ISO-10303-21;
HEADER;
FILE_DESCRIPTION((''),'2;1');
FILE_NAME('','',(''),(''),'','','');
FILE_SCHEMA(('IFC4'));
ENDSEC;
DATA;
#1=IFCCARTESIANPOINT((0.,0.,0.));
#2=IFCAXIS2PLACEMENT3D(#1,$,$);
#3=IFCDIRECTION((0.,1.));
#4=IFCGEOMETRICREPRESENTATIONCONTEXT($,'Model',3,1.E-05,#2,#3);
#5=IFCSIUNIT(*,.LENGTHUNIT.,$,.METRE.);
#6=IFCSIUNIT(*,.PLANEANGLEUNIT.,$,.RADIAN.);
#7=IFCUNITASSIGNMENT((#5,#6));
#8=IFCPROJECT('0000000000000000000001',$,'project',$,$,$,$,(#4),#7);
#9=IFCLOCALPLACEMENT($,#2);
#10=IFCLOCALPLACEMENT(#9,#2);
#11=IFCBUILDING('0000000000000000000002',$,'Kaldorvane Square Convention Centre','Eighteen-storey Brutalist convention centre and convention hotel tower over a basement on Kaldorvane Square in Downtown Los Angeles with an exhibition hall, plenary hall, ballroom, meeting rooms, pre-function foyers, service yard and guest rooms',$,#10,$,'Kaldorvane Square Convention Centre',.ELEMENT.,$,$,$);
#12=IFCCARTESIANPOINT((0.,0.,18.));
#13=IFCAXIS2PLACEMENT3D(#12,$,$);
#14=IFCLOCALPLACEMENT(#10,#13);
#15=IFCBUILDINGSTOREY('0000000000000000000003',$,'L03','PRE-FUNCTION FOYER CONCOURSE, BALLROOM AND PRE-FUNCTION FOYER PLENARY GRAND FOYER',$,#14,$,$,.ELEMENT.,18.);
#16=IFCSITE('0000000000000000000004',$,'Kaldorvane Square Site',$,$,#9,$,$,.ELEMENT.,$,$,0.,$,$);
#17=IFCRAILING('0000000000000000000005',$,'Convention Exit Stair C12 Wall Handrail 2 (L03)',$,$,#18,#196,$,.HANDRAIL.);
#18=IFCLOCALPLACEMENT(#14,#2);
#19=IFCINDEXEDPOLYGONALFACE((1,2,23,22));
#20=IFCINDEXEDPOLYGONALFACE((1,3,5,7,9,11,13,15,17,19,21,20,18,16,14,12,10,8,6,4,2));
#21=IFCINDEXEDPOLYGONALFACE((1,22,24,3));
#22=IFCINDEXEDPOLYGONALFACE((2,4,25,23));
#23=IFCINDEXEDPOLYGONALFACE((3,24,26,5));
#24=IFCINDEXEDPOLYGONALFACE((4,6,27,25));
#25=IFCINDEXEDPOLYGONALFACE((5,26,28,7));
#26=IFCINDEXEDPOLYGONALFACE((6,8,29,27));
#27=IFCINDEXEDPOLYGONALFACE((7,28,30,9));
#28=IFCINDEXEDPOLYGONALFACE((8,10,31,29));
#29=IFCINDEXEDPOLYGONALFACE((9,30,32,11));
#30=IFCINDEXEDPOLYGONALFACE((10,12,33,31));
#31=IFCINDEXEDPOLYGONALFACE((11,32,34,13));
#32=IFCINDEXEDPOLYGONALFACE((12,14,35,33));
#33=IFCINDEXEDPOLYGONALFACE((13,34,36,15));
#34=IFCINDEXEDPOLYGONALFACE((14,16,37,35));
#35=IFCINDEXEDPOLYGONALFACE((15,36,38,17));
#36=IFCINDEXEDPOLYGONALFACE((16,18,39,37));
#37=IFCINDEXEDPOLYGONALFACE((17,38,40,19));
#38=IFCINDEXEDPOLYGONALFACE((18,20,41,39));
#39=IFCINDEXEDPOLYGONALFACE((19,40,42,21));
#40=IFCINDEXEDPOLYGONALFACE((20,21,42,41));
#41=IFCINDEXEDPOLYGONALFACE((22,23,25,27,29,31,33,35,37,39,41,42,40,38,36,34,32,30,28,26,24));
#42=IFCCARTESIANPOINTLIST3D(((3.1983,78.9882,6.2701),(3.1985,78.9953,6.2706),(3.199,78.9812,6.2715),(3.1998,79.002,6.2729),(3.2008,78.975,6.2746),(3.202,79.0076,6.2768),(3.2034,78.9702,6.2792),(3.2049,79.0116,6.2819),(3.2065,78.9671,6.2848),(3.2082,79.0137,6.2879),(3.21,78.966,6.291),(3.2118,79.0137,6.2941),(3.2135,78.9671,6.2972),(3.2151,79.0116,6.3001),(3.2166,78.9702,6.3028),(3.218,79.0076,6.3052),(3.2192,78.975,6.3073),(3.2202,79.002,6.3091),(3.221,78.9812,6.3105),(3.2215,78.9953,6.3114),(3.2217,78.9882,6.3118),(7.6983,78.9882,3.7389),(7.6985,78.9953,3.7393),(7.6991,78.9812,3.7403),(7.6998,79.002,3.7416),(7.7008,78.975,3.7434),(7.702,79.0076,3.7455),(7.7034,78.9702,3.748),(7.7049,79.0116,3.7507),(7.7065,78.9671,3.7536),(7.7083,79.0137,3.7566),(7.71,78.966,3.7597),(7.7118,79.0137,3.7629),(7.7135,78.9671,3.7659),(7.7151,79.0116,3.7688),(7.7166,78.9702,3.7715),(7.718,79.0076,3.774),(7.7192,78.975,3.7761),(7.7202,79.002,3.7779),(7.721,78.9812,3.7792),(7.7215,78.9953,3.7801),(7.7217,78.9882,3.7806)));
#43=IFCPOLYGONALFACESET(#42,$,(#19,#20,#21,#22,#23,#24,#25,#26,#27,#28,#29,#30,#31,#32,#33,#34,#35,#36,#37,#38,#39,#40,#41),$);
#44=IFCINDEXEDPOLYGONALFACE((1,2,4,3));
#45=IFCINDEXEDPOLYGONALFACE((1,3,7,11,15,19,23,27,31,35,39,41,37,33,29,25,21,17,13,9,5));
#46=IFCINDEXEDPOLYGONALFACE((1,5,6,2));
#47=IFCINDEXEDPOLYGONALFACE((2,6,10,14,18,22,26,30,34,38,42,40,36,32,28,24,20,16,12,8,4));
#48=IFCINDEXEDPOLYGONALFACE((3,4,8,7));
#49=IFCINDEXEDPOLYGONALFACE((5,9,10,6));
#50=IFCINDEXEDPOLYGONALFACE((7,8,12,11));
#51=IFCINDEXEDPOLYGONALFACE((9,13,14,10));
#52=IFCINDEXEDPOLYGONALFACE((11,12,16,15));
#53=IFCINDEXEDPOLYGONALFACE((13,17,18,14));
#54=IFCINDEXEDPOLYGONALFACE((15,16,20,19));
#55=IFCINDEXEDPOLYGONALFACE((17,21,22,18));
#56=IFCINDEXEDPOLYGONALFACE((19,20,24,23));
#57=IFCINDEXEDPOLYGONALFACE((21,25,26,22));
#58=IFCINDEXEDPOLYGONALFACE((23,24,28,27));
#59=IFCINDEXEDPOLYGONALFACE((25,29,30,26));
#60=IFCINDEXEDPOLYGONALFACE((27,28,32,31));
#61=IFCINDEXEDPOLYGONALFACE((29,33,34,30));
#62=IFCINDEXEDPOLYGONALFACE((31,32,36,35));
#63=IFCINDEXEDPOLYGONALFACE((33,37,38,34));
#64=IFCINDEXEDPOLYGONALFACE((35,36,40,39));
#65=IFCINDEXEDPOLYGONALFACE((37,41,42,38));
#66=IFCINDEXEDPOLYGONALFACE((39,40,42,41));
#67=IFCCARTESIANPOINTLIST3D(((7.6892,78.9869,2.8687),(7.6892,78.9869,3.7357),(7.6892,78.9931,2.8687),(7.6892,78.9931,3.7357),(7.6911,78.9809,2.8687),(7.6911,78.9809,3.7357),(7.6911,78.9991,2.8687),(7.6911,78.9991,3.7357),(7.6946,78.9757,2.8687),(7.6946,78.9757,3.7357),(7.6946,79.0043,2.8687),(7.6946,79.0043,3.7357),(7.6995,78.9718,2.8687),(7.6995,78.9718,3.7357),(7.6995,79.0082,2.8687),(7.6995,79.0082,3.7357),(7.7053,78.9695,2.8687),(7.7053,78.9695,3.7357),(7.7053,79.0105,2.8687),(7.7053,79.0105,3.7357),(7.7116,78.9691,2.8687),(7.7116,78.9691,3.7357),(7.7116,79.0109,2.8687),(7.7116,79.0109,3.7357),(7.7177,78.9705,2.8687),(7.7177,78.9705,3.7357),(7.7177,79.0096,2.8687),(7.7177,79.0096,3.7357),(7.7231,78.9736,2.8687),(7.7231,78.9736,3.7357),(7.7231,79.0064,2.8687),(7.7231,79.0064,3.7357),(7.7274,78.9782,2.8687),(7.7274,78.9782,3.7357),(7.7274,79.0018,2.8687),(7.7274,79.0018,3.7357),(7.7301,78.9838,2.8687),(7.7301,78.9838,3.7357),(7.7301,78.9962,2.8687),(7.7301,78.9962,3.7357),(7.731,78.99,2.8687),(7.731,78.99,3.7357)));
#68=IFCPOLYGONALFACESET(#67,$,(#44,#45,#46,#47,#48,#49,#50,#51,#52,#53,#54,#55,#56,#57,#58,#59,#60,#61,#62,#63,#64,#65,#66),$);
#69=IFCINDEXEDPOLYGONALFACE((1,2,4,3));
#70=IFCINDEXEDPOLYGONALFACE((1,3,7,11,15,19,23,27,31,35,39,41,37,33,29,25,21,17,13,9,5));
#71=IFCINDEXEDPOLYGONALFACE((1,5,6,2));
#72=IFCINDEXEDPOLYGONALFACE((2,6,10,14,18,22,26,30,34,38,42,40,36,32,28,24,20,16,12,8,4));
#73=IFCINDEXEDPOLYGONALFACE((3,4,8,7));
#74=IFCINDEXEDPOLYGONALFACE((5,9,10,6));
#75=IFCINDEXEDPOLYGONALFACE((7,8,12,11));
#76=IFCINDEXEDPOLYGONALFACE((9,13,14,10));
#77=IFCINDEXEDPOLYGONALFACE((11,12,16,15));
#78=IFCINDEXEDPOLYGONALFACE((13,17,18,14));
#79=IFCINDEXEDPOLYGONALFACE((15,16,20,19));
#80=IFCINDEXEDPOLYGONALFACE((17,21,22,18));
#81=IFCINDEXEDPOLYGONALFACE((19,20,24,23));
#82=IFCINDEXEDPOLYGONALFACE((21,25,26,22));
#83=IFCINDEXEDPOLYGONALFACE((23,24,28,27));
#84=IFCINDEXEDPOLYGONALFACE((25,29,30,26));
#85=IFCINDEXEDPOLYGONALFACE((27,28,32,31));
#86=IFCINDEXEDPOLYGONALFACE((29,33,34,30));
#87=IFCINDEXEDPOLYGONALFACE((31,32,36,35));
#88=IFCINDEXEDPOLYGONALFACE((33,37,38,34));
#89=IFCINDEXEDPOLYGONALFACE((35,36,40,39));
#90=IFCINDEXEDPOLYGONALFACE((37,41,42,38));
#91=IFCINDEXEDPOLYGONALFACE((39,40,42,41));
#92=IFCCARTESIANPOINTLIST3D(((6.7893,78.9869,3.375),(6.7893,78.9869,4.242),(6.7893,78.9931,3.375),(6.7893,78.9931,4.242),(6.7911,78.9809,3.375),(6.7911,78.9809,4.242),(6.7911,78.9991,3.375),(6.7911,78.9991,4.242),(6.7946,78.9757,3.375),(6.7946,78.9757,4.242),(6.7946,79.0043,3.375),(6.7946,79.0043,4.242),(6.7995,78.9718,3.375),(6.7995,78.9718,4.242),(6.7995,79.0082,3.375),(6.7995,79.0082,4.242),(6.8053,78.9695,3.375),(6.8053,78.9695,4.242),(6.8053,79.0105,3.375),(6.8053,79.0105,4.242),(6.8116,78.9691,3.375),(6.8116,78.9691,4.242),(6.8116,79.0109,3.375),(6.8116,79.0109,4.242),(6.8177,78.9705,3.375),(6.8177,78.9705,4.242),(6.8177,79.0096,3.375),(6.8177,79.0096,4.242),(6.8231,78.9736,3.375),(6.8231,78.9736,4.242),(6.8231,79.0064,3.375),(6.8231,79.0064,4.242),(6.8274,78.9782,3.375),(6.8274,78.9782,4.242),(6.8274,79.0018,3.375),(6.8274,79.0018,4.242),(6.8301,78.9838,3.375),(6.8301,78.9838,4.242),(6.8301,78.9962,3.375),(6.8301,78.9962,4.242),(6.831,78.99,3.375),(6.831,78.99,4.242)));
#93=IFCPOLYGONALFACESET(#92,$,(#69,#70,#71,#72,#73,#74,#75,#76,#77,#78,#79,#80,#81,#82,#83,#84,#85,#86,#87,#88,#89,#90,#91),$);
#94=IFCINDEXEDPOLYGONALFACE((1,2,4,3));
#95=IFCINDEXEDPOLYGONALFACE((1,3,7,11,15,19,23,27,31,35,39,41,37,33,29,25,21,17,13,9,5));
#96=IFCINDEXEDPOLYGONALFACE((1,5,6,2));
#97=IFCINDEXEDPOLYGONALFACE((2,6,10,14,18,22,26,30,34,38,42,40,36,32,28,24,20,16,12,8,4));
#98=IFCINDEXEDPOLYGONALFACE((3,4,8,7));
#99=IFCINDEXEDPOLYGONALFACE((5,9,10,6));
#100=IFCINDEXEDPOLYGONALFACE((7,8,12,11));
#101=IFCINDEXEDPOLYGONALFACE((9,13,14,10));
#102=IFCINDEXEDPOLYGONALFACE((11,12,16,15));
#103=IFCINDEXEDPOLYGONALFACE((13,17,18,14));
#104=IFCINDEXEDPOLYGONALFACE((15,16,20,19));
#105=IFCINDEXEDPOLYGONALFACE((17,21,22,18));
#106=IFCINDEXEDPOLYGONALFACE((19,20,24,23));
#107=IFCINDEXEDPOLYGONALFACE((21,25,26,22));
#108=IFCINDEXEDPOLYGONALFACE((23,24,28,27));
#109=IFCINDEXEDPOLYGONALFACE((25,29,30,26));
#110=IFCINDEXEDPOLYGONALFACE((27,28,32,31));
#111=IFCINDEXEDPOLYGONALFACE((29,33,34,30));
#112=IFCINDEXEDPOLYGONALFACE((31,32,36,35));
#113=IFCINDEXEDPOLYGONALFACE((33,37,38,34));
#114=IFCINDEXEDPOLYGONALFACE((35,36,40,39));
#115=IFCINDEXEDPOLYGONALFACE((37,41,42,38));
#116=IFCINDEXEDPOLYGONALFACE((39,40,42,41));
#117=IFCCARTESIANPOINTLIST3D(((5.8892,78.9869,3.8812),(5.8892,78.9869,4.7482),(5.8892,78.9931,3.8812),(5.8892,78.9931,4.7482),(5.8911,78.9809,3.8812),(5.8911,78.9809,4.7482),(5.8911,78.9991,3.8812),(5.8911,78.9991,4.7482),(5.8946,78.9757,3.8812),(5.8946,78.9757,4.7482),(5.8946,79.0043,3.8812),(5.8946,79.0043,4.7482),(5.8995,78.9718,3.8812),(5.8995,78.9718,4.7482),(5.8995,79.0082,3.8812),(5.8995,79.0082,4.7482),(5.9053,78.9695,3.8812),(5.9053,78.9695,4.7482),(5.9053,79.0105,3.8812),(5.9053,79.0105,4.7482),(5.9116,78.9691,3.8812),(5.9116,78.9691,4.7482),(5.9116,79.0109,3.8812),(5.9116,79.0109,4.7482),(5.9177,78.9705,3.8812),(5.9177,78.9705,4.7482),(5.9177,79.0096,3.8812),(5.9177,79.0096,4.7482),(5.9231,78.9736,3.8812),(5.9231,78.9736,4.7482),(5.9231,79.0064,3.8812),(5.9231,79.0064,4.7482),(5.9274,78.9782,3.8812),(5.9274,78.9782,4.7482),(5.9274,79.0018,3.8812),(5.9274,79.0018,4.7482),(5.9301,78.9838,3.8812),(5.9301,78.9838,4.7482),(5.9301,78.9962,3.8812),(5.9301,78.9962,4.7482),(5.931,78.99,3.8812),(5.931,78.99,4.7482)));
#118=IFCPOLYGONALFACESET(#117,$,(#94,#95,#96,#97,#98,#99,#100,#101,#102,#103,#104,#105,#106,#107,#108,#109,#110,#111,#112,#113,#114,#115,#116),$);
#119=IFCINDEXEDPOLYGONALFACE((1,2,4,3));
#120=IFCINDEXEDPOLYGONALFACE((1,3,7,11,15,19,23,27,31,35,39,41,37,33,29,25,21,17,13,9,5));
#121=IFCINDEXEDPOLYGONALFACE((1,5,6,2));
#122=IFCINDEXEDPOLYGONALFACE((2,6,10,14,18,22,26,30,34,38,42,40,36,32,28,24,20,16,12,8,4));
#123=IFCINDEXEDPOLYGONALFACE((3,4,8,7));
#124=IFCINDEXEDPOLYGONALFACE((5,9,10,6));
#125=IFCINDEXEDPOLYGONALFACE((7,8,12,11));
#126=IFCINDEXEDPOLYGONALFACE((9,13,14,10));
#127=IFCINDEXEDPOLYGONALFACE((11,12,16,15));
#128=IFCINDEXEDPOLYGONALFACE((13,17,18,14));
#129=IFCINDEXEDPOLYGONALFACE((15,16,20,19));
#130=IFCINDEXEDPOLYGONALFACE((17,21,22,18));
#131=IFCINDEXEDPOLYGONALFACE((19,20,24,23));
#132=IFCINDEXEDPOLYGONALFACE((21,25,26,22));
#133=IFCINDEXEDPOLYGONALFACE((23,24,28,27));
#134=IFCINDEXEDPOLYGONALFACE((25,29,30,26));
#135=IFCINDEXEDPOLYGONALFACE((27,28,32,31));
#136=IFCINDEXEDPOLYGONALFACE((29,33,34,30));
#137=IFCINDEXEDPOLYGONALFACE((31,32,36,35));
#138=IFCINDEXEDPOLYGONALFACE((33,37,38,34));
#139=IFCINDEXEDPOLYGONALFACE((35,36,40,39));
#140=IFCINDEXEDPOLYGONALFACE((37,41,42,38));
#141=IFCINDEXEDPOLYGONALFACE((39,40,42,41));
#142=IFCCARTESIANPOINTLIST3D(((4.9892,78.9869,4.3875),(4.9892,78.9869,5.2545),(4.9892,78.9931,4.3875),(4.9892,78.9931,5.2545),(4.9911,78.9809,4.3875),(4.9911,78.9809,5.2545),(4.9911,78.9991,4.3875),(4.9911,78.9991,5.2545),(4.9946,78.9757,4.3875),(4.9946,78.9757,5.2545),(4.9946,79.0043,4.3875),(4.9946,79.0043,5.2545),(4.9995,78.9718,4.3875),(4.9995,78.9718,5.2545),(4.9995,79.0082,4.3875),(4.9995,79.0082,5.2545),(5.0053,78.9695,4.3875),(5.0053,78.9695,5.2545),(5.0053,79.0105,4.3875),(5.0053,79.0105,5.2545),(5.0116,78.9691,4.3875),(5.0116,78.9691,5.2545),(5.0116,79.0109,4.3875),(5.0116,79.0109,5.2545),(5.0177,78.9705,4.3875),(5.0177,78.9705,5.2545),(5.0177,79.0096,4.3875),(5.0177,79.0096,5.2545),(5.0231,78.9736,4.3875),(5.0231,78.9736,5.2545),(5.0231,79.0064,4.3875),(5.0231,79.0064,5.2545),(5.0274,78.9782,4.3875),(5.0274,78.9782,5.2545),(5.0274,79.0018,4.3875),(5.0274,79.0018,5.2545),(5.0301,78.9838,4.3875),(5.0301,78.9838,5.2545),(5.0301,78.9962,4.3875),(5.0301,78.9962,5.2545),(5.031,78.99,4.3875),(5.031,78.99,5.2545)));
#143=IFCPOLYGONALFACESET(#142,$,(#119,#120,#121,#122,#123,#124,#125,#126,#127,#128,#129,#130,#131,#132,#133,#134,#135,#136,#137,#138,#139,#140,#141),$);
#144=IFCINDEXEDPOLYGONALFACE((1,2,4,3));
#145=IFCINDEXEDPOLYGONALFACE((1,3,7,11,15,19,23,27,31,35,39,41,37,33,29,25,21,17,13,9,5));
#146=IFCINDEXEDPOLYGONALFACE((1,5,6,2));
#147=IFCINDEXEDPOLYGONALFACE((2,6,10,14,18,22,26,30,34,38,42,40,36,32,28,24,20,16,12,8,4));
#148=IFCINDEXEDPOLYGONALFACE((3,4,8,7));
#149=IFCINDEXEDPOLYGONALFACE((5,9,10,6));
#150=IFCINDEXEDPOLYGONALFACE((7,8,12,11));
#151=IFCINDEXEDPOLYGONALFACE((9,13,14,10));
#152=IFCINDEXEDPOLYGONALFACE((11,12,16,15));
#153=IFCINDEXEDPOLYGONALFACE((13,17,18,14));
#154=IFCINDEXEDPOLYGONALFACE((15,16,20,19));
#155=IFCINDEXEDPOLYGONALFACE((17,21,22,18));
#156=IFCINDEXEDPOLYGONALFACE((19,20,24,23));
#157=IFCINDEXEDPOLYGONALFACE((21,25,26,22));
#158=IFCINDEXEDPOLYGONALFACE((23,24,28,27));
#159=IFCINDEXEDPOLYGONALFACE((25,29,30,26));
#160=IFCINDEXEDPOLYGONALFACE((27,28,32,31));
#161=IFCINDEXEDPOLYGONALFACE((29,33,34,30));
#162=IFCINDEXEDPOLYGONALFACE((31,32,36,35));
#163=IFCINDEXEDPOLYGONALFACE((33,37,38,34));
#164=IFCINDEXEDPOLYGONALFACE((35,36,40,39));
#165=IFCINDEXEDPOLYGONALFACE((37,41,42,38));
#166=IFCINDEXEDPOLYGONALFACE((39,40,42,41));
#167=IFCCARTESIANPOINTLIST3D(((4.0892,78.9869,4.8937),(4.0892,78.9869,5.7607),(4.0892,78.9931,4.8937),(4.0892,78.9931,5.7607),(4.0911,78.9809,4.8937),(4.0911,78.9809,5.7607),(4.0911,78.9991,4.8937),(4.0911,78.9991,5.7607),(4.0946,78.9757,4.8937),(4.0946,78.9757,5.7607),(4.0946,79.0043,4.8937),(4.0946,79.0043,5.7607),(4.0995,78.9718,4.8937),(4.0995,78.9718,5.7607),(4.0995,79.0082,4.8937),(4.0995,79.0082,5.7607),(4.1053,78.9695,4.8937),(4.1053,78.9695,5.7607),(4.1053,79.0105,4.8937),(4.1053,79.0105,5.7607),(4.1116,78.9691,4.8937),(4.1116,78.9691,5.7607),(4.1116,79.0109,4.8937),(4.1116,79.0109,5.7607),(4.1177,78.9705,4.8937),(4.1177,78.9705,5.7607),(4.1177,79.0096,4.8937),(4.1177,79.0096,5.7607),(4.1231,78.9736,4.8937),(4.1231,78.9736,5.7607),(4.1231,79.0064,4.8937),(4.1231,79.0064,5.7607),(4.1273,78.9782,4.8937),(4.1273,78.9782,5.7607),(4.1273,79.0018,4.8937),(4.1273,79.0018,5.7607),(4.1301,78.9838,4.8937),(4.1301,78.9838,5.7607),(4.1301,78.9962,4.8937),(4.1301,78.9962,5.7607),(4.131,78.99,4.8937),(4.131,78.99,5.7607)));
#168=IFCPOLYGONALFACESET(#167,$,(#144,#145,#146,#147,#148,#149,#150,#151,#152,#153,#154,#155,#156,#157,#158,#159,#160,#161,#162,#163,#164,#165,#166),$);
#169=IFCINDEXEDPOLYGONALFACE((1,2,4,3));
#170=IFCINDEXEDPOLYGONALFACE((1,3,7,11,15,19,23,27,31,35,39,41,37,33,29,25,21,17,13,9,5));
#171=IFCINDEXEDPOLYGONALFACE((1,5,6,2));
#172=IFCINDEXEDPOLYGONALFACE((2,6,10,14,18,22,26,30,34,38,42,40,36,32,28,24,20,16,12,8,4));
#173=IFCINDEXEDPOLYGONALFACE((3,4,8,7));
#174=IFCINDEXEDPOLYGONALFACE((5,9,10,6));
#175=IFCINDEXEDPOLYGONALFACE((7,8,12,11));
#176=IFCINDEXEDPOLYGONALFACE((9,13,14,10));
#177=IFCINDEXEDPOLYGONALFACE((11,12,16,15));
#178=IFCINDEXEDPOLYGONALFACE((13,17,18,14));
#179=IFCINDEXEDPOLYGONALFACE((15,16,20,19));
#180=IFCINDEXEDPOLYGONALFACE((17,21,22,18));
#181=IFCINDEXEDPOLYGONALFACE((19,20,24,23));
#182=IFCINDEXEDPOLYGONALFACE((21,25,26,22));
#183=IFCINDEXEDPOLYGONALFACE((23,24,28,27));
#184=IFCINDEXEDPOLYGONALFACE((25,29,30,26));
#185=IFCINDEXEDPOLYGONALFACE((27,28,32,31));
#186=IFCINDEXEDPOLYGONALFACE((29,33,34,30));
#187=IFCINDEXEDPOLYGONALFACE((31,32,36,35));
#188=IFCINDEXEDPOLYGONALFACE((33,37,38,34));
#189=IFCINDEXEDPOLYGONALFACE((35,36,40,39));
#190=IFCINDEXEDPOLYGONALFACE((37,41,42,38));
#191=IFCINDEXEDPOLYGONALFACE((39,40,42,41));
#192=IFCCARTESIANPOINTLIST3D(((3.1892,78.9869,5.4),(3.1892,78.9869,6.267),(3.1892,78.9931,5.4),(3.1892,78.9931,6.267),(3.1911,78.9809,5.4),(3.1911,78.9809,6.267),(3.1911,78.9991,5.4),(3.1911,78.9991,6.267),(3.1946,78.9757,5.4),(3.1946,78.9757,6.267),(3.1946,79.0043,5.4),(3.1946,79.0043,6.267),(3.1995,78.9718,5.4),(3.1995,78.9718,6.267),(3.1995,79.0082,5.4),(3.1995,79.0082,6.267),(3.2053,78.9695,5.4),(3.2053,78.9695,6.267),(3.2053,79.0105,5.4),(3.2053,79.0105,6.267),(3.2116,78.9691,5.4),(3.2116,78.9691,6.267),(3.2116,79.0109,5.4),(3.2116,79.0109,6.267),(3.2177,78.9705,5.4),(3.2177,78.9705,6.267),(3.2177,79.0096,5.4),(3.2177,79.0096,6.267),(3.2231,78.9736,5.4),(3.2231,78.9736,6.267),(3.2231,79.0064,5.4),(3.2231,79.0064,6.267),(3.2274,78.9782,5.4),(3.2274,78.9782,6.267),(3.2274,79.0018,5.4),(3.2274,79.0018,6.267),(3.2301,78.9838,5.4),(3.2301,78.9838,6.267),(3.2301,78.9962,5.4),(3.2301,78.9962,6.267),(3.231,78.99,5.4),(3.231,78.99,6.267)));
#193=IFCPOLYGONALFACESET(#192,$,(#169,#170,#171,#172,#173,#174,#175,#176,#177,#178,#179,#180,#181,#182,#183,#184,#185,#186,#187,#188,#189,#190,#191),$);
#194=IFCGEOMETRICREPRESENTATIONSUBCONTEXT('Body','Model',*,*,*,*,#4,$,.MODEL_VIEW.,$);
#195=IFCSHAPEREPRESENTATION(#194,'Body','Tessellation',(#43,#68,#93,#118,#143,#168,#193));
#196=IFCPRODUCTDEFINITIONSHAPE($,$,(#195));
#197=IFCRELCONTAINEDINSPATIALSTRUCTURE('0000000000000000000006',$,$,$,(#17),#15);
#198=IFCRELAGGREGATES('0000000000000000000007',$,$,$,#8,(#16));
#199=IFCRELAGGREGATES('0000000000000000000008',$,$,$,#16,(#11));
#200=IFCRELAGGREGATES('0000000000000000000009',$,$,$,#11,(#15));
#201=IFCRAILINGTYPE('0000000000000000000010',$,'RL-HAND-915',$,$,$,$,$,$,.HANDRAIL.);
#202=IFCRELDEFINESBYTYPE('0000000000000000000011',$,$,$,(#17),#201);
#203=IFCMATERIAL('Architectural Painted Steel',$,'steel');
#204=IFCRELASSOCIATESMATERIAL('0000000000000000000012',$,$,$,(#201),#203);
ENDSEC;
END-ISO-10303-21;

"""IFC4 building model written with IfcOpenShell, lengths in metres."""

from ifc_helpers import new_model, si_unit, direction, frame, origin, origin_2d, place, context, subcontext, project, spatial, circle, extrude, material, type_object, element, save


model = new_model("IFC4")

# Units and contexts
model_context = context("Model", 3, precision=1e-05, world=origin(), true_north=direction((0.0, 1.0)))
body_context = subcontext(model_context, "Body", "Model", "MODEL_VIEW")
ifc_project = project(units=[si_unit("LENGTHUNIT", "METRE"), si_unit("PLANEANGLEUNIT", "RADIAN")], contexts=[model_context])

# Site, building, storey
site_placement = place(None, origin())
site = spatial("IfcSite", under=ifc_project, at=site_placement, Name="Kaldorvane Square Site", CompositionType="ELEMENT", RefElevation=0.0)
building_placement = place(site_placement, origin())
building = spatial("IfcBuilding", under=site, at=building_placement, Name="Kaldorvane Square Convention Centre", Description="Eighteen-storey Brutalist convention centre and convention hotel tower over a basement on Kaldorvane Square in Downtown Los Angeles with an exhibition hall, plenary hall, ballroom, meeting rooms, pre-function foyers, service yard and guest rooms", LongName="Kaldorvane Square Convention Centre", CompositionType="ELEMENT")
storey_placement = place(building_placement, frame((0.0, 0.0, 18.0)))
storey = spatial("IfcBuildingStorey", under=building, at=storey_placement, Name="L03", Description="PRE-FUNCTION FOYER CONCOURSE, BALLROOM AND PRE-FUNCTION FOYER PLENARY GRAND FOYER", CompositionType="ELEMENT", Elevation=18.0)

# Railing
ifc_material_1 = material(Name="Architectural Painted Steel", Category="steel")
railing_type_1 = type_object("IfcRailingType", Name="RL-HAND-915", PredefinedType="HANDRAIL", material=ifc_material_1)
railing_1_placement = place(storey_placement, frame((7.71, 78.99, 2.8687)))
element("IfcRailing", 1, at=railing_1_placement, inside=storey, type_object=railing_type_1, Name="Convention Exit Stair C12 Wall Handrail 2 (L03)", PredefinedType="HANDRAIL", context=body_context, shape_type="SweptSolid", body=[
    extrude(circle(Radius=0.024, at=origin_2d()), frame((0.0, 0.0, 0.891), z_axis=(-0.871576, 0.0, 0.490261), x_axis=(0.0, -1.0, 0.0)), (0.0, 0.0, 1.0), 5.1631),
    extrude(circle(Radius=0.021, at=origin_2d()), origin(), (0.0, 0.0, 1.0), 0.867),
    extrude(circle(Radius=0.021, at=origin_2d()), frame((-0.9, 0.0, 0.5063)), (0.0, 0.0, 1.0), 0.867),
    extrude(circle(Radius=0.021, at=origin_2d()), frame((-1.8, 0.0, 1.0125)), (0.0, 0.0, 1.0), 0.867),
    extrude(circle(Radius=0.021, at=origin_2d()), frame((-2.7, 0.0, 1.5188)), (0.0, 0.0, 1.0), 0.867),
    extrude(circle(Radius=0.021, at=origin_2d()), frame((-3.6, 0.0, 2.025)), (0.0, 0.0, 1.0), 0.867),
    extrude(circle(Radius=0.021, at=origin_2d()), frame((-4.5, 0.0, 2.5312)), (0.0, 0.0, 1.0), 0.867),
])

save(model, "model.ifc")
